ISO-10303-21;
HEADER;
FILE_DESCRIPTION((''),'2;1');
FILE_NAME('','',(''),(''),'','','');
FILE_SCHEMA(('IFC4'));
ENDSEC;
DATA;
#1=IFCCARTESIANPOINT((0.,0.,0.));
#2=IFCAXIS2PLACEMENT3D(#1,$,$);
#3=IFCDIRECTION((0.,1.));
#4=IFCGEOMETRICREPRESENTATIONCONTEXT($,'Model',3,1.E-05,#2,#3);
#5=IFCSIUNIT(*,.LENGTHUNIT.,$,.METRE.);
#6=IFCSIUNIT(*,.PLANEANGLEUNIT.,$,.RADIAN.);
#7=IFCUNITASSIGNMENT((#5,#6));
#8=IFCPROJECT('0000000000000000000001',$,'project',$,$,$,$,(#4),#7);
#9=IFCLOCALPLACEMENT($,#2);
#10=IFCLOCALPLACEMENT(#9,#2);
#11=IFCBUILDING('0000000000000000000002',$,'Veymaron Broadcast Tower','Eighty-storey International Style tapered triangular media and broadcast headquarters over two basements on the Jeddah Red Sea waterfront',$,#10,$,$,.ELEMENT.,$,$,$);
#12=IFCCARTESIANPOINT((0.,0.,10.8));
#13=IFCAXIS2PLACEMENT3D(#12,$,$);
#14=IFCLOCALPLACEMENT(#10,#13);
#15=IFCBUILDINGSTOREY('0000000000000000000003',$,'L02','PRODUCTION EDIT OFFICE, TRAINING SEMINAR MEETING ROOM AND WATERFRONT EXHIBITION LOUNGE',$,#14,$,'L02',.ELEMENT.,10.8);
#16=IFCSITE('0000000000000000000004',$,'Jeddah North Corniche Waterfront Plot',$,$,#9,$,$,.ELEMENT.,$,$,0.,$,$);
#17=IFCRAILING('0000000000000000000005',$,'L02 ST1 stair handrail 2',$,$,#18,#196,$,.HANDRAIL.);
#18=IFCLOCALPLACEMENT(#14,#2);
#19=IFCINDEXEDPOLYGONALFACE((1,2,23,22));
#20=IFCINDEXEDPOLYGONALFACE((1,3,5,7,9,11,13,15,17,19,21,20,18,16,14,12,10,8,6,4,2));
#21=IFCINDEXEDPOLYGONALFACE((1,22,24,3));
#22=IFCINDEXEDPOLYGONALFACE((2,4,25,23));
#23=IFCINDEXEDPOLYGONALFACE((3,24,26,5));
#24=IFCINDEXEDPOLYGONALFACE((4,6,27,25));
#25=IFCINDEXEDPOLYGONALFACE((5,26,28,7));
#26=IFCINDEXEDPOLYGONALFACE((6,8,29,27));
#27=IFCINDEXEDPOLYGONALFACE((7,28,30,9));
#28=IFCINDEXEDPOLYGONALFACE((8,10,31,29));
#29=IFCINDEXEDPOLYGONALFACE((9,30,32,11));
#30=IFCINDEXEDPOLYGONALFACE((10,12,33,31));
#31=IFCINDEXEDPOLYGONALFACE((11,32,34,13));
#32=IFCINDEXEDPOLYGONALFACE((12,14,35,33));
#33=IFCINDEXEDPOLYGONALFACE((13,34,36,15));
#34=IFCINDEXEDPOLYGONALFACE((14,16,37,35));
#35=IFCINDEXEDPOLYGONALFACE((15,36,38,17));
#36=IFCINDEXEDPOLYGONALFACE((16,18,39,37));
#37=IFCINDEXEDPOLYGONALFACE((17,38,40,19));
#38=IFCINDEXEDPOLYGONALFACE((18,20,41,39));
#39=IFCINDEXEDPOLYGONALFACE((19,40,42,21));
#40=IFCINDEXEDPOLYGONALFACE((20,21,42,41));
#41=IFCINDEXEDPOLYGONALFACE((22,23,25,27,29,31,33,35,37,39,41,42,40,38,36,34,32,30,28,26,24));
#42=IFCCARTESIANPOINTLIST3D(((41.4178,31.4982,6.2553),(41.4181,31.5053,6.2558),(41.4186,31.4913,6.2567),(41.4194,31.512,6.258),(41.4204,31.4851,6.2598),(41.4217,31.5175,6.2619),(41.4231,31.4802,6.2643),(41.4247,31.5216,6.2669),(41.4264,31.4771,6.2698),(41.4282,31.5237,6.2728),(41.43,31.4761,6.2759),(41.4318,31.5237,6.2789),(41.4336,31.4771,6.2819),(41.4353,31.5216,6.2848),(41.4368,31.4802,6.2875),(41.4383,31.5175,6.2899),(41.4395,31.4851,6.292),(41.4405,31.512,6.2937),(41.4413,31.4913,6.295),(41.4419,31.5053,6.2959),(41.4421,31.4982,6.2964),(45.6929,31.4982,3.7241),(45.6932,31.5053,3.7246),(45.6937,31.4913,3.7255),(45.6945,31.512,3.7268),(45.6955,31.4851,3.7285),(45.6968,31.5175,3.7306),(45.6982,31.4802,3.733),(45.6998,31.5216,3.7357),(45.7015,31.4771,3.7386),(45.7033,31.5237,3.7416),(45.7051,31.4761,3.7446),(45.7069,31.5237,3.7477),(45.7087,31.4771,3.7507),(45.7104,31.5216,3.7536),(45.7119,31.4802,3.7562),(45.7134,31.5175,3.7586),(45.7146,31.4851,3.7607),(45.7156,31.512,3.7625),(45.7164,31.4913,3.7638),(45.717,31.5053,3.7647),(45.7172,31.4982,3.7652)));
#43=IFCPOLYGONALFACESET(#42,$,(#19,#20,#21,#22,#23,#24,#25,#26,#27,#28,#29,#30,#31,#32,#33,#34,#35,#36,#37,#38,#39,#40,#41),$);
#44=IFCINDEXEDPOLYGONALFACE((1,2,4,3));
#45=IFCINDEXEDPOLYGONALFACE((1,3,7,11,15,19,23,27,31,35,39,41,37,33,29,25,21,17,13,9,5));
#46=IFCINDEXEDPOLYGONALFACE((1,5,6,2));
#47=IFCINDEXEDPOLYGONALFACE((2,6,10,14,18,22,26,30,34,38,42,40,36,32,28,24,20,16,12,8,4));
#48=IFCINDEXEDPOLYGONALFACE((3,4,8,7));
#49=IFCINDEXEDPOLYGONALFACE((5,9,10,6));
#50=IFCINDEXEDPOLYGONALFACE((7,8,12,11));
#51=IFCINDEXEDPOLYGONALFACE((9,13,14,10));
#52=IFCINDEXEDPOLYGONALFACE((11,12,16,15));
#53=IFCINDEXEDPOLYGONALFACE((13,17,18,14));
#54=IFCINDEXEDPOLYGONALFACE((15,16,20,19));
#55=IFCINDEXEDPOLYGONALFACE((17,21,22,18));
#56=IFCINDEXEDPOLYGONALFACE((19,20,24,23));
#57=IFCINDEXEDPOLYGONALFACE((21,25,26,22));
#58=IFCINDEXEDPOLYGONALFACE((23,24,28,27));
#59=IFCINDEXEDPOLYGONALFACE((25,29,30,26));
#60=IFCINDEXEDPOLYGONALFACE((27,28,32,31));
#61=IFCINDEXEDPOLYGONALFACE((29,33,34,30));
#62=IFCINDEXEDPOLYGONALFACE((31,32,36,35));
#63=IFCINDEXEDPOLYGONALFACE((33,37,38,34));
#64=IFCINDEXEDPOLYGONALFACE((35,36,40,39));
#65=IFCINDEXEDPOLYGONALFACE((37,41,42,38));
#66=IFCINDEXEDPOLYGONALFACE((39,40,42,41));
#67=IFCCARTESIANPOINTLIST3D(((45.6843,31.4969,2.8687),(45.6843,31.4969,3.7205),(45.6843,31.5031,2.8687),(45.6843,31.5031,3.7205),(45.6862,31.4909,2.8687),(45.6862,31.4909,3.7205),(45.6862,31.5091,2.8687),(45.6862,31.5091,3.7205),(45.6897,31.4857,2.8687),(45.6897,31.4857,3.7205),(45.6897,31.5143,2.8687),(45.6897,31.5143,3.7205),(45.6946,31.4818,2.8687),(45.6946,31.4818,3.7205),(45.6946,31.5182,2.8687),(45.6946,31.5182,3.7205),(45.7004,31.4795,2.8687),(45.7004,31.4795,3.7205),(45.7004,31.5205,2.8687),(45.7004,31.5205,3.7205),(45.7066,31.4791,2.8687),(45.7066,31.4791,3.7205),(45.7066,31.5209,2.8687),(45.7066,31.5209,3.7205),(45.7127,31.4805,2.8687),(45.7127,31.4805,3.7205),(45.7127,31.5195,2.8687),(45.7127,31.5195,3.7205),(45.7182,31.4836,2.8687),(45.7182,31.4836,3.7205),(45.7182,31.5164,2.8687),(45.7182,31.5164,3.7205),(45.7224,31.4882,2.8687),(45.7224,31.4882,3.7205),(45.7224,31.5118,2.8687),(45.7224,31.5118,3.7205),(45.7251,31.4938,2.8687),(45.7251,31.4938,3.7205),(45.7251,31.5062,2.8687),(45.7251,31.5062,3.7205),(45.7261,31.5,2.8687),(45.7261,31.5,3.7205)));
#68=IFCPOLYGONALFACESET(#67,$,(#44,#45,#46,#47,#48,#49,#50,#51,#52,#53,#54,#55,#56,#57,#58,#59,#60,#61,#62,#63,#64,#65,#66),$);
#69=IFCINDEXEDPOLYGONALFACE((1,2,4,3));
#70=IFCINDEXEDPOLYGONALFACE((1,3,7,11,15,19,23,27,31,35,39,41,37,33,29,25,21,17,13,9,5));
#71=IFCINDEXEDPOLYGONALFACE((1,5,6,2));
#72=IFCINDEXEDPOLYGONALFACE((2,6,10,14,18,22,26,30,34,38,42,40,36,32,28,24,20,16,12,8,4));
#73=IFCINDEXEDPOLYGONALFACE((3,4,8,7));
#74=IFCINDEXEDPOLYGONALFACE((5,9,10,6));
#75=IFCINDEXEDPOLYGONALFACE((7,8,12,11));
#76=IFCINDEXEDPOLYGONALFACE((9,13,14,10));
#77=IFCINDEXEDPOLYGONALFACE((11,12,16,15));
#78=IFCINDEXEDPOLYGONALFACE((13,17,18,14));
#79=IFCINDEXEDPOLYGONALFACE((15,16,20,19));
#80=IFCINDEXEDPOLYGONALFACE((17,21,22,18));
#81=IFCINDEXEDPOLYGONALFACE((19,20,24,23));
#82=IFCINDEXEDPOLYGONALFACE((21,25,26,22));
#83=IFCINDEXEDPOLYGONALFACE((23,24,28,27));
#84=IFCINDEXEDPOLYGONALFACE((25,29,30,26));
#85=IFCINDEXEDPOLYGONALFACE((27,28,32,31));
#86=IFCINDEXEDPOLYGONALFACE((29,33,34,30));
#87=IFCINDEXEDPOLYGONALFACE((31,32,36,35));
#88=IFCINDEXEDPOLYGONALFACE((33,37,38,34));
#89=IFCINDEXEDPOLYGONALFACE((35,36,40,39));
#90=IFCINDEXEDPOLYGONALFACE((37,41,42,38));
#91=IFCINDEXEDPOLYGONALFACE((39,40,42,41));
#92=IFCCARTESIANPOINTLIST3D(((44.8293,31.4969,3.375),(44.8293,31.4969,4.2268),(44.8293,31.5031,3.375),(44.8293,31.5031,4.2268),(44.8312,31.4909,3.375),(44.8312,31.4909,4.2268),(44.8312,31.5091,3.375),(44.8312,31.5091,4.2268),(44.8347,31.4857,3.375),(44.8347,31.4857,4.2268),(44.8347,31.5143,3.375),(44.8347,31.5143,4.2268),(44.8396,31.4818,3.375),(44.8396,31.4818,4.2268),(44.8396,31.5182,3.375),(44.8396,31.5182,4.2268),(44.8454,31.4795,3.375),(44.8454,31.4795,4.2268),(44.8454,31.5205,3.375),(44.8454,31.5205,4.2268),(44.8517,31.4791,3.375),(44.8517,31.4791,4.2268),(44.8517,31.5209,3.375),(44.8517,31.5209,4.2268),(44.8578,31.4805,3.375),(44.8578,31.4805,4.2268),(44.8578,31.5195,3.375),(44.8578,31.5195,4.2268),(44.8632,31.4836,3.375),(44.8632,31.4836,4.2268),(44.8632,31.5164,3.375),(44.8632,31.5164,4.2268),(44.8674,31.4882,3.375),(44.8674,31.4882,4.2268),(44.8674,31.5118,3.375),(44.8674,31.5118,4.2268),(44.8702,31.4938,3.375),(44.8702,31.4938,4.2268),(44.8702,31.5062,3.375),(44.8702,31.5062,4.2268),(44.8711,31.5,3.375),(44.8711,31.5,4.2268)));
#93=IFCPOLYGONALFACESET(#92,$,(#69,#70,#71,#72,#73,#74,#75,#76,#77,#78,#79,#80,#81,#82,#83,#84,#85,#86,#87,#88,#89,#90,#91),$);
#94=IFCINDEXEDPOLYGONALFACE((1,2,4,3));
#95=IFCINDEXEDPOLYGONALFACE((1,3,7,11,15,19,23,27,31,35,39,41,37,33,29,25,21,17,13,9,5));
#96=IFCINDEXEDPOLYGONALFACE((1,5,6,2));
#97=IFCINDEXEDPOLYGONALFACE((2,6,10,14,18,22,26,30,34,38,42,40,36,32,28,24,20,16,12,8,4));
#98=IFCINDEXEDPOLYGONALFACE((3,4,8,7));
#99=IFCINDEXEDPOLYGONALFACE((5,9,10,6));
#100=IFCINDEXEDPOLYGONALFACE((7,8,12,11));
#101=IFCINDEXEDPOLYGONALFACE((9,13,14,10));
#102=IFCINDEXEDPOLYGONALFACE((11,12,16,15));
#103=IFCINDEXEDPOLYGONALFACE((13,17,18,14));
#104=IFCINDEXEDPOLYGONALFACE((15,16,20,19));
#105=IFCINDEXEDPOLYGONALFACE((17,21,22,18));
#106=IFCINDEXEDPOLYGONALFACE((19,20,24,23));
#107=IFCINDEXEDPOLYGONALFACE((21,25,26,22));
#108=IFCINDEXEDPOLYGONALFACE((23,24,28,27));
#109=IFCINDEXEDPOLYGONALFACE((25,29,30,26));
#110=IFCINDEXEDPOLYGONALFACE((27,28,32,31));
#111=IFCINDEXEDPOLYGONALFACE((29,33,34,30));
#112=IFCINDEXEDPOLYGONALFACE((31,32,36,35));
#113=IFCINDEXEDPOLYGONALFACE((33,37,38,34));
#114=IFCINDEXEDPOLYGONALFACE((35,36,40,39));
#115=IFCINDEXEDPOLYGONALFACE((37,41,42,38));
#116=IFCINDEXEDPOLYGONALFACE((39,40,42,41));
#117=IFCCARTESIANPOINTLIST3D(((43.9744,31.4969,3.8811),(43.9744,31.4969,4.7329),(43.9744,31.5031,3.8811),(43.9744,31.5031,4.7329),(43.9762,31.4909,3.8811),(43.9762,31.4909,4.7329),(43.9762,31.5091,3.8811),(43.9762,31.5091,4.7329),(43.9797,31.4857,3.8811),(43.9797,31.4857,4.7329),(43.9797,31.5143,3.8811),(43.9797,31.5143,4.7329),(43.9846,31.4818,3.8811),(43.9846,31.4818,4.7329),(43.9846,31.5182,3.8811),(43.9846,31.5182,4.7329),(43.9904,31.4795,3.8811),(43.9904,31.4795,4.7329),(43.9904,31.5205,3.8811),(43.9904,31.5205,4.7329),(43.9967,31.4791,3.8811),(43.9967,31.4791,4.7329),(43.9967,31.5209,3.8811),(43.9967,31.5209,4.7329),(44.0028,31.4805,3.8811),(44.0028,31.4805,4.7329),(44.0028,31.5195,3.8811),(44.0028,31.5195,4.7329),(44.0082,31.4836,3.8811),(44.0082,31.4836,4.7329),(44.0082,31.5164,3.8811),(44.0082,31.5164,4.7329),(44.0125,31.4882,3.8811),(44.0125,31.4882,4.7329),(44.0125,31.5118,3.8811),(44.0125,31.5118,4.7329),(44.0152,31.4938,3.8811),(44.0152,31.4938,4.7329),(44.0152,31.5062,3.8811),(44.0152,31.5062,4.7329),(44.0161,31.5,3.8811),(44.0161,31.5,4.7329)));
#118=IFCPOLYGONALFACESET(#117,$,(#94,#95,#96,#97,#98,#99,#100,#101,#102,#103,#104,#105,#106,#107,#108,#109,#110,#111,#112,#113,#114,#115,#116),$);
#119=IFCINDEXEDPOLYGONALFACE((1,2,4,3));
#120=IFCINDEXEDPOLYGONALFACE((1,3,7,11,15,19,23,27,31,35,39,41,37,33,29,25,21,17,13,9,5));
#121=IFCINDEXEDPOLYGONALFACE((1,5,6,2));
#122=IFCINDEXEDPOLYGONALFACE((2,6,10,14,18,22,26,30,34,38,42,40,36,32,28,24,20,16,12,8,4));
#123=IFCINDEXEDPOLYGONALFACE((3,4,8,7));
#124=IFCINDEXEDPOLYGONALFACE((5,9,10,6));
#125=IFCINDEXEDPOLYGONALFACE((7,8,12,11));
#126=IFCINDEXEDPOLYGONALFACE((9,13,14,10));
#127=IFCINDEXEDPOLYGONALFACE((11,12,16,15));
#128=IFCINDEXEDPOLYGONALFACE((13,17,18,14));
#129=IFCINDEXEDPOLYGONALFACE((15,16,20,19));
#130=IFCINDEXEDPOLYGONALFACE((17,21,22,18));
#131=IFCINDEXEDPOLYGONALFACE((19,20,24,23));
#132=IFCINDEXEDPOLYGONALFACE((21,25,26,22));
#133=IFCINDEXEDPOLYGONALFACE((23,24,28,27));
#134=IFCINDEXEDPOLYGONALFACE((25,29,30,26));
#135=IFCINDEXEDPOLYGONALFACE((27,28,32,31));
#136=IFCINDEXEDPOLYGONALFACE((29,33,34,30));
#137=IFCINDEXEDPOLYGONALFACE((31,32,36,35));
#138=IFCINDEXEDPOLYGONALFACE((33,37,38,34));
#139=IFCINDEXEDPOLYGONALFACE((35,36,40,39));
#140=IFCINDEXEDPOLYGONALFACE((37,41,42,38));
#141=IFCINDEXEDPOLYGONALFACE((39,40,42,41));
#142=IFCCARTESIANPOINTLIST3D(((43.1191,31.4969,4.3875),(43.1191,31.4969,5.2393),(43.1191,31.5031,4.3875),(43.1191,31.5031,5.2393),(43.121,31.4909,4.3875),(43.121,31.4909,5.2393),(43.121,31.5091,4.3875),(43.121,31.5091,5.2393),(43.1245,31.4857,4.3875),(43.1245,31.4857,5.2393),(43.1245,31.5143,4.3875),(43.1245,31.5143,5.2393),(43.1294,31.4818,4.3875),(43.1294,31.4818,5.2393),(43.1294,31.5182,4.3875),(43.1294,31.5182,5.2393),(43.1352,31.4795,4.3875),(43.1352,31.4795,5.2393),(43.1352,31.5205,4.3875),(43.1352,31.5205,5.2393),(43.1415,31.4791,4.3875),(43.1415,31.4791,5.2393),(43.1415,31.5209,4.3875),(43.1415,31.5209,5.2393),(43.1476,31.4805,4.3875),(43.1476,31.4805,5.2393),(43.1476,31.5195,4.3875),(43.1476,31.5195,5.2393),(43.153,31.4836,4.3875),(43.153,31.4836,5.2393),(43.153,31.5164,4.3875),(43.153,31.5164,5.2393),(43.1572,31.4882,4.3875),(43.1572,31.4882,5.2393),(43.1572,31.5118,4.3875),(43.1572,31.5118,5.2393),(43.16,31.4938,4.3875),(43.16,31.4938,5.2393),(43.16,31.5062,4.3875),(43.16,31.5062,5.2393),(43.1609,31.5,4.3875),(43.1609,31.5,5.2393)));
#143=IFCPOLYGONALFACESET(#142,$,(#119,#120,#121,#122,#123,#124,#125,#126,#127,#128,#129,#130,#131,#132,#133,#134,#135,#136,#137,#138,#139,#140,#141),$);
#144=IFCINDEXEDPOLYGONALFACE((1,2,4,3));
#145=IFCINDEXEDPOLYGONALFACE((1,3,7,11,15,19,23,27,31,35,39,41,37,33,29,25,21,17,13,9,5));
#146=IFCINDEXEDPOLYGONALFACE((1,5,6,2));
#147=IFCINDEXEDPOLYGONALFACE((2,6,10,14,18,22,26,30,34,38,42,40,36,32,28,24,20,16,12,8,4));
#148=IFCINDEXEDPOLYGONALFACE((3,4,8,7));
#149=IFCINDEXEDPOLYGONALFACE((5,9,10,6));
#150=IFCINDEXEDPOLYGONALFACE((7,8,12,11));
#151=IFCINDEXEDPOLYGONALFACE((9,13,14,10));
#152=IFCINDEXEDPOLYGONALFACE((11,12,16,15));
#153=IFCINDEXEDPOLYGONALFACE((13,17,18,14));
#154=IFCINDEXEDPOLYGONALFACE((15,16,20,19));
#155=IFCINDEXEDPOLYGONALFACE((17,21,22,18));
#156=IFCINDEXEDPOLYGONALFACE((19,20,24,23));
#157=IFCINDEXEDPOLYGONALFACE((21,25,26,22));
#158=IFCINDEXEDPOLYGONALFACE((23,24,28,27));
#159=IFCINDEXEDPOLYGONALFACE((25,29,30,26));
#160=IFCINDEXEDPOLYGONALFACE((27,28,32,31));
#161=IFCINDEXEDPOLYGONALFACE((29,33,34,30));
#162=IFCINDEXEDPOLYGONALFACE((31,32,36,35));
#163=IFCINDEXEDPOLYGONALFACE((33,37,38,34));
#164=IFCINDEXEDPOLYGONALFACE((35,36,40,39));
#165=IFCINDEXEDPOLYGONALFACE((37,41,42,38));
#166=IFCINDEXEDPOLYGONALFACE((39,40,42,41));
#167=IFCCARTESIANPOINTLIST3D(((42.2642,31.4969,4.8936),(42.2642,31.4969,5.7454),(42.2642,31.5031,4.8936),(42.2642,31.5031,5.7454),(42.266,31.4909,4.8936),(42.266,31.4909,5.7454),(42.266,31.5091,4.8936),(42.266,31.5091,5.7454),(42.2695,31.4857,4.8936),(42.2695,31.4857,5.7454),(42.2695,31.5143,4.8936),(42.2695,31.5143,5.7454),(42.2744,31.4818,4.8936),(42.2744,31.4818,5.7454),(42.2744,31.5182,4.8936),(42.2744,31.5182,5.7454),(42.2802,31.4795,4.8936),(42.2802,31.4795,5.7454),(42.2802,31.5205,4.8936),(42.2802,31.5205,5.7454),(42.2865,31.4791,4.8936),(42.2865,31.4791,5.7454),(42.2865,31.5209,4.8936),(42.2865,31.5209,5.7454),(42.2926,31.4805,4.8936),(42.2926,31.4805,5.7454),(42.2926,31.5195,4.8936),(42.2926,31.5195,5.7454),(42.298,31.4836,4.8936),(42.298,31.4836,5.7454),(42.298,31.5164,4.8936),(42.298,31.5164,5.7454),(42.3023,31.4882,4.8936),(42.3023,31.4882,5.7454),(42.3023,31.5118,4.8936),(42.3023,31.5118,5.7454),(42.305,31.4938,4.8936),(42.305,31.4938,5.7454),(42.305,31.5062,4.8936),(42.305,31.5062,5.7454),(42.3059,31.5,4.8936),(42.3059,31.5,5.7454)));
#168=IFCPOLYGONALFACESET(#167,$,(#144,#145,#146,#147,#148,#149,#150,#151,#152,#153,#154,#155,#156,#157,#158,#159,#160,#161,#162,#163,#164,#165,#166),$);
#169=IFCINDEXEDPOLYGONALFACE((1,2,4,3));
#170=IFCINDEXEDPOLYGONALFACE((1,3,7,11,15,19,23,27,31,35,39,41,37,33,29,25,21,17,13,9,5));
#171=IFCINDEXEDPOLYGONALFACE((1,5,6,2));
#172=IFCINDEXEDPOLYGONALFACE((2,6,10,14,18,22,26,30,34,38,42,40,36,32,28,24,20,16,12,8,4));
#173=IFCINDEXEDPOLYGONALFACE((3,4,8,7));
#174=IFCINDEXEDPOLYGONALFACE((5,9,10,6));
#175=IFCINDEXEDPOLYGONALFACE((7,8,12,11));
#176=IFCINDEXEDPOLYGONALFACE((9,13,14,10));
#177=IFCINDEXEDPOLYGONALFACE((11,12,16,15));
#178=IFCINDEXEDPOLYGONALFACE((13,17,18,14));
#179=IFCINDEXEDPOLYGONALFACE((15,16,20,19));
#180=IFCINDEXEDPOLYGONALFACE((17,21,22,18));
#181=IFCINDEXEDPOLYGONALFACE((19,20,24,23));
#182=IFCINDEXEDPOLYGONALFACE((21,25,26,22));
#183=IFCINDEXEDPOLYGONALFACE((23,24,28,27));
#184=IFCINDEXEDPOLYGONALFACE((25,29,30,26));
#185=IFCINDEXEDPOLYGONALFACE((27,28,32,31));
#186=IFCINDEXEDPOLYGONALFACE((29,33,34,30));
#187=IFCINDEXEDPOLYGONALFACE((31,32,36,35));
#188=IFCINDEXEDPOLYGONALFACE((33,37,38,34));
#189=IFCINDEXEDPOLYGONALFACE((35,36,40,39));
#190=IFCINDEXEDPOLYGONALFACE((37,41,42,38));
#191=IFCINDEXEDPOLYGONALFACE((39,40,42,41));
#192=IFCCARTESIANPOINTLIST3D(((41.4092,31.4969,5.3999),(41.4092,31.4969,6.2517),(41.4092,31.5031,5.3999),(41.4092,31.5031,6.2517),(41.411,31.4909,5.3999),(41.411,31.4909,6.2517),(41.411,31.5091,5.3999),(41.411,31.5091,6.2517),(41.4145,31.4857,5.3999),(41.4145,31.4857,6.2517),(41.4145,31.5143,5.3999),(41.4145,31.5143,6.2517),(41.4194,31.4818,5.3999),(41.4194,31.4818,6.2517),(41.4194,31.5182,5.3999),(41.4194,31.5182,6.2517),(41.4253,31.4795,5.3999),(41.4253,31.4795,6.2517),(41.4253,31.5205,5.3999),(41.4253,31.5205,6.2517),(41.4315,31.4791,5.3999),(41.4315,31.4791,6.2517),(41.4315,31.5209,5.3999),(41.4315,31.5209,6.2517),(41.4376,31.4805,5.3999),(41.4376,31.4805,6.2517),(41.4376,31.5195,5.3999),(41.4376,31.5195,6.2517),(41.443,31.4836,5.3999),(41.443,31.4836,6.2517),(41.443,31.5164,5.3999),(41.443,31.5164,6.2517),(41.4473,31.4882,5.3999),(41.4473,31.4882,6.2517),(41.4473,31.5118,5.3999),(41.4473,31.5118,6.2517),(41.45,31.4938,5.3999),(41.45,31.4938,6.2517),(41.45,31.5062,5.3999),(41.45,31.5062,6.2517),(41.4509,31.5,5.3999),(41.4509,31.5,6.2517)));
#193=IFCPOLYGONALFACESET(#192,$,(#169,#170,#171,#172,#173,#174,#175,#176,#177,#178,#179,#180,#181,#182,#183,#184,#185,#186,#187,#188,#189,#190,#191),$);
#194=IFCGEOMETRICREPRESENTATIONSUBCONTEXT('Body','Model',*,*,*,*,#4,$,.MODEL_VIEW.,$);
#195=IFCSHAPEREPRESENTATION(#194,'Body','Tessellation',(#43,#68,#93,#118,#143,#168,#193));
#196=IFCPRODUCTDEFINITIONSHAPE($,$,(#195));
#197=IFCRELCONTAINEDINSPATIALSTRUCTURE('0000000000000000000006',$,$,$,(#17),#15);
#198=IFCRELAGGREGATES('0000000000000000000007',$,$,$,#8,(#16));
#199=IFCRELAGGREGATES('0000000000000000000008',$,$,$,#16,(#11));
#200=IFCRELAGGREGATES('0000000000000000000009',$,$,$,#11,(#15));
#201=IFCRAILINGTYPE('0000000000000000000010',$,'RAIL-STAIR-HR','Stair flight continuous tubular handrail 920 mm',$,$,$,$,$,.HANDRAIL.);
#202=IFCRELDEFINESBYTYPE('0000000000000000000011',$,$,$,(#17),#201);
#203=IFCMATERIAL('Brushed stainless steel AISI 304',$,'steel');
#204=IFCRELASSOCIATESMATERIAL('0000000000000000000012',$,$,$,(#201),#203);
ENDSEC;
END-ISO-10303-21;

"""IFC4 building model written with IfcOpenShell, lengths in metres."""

from ifc_helpers import new_model, si_unit, direction, frame, origin, origin_2d, place, context, subcontext, project, spatial, circle, extrude, material, type_object, element, save


model = new_model("IFC4")

# Units and contexts
model_context = context("Model", 3, precision=1e-05, world=origin(), true_north=direction((0.0, 1.0)))
body_context = subcontext(model_context, "Body", "Model", "MODEL_VIEW")
ifc_project = project(units=[si_unit("LENGTHUNIT", "METRE"), si_unit("PLANEANGLEUNIT", "RADIAN")], contexts=[model_context])

# Site, building, storey
site_placement = place(None, origin())
site = spatial("IfcSite", under=ifc_project, at=site_placement, Name="Jeddah North Corniche Waterfront Plot", CompositionType="ELEMENT", RefElevation=0.0)
building_placement = place(site_placement, origin())
building = spatial("IfcBuilding", under=site, at=building_placement, Name="Veymaron Broadcast Tower", Description="Eighty-storey International Style tapered triangular media and broadcast headquarters over two basements on the Jeddah Red Sea waterfront", CompositionType="ELEMENT")
storey_placement = place(building_placement, frame((0.0, 0.0, 10.8)))
storey = spatial("IfcBuildingStorey", under=building, at=storey_placement, Name="L02", Description="PRODUCTION EDIT OFFICE, TRAINING SEMINAR MEETING ROOM AND WATERFRONT EXHIBITION LOUNGE", LongName="L02", CompositionType="ELEMENT", Elevation=10.8)

# Shared definitions
ifc_material_1 = material(Name="Brushed stainless steel AISI 304", Category="steel")

# Railing
railing_type_1 = type_object("IfcRailingType", Name="RAIL-STAIR-HR", Description="Stair flight continuous tubular handrail 920 mm", PredefinedType="HANDRAIL", material=ifc_material_1)
railing_1_placement = place(storey_placement, frame((45.7051, 31.5, 2.8687)))
element("IfcRailing", 1, at=railing_1_placement, inside=storey, type_object=railing_type_1, Name="L02 ST1 stair handrail 2", PredefinedType="HANDRAIL", context=body_context, shape_type="SweptSolid", body=[
    extrude(circle(Radius=0.0239, at=origin_2d()), frame((0.0, 0.0, 0.876), z_axis=(-0.860483, 0.0, 0.509479), x_axis=(0.0, -1.0, 0.0)), (0.0, 0.0, 1.0), 4.9683),
    extrude(circle(Radius=0.021, at=origin_2d()), origin(), (0.0, 0.0, 1.0), 0.8518),
    extrude(circle(Radius=0.021, at=origin_2d()), frame((-0.855, 0.0, 0.5063)), (0.0, 0.0, 1.0), 0.8518),
    extrude(circle(Radius=0.021, at=origin_2d()), frame((-1.71, 0.0, 1.0125)), (0.0, 0.0, 1.0), 0.8518),
    extrude(circle(Radius=0.021, at=origin_2d()), frame((-2.5652, 0.0, 1.5188)), (0.0, 0.0, 1.0), 0.8518),
    extrude(circle(Radius=0.021, at=origin_2d()), frame((-3.4202, 0.0, 2.0249)), (0.0, 0.0, 1.0), 0.8518),
    extrude(circle(Radius=0.021, at=origin_2d()), frame((-4.2751, 0.0, 2.5312)), (0.0, 0.0, 1.0), 0.8518),
])

save(model, "model.ifc")
